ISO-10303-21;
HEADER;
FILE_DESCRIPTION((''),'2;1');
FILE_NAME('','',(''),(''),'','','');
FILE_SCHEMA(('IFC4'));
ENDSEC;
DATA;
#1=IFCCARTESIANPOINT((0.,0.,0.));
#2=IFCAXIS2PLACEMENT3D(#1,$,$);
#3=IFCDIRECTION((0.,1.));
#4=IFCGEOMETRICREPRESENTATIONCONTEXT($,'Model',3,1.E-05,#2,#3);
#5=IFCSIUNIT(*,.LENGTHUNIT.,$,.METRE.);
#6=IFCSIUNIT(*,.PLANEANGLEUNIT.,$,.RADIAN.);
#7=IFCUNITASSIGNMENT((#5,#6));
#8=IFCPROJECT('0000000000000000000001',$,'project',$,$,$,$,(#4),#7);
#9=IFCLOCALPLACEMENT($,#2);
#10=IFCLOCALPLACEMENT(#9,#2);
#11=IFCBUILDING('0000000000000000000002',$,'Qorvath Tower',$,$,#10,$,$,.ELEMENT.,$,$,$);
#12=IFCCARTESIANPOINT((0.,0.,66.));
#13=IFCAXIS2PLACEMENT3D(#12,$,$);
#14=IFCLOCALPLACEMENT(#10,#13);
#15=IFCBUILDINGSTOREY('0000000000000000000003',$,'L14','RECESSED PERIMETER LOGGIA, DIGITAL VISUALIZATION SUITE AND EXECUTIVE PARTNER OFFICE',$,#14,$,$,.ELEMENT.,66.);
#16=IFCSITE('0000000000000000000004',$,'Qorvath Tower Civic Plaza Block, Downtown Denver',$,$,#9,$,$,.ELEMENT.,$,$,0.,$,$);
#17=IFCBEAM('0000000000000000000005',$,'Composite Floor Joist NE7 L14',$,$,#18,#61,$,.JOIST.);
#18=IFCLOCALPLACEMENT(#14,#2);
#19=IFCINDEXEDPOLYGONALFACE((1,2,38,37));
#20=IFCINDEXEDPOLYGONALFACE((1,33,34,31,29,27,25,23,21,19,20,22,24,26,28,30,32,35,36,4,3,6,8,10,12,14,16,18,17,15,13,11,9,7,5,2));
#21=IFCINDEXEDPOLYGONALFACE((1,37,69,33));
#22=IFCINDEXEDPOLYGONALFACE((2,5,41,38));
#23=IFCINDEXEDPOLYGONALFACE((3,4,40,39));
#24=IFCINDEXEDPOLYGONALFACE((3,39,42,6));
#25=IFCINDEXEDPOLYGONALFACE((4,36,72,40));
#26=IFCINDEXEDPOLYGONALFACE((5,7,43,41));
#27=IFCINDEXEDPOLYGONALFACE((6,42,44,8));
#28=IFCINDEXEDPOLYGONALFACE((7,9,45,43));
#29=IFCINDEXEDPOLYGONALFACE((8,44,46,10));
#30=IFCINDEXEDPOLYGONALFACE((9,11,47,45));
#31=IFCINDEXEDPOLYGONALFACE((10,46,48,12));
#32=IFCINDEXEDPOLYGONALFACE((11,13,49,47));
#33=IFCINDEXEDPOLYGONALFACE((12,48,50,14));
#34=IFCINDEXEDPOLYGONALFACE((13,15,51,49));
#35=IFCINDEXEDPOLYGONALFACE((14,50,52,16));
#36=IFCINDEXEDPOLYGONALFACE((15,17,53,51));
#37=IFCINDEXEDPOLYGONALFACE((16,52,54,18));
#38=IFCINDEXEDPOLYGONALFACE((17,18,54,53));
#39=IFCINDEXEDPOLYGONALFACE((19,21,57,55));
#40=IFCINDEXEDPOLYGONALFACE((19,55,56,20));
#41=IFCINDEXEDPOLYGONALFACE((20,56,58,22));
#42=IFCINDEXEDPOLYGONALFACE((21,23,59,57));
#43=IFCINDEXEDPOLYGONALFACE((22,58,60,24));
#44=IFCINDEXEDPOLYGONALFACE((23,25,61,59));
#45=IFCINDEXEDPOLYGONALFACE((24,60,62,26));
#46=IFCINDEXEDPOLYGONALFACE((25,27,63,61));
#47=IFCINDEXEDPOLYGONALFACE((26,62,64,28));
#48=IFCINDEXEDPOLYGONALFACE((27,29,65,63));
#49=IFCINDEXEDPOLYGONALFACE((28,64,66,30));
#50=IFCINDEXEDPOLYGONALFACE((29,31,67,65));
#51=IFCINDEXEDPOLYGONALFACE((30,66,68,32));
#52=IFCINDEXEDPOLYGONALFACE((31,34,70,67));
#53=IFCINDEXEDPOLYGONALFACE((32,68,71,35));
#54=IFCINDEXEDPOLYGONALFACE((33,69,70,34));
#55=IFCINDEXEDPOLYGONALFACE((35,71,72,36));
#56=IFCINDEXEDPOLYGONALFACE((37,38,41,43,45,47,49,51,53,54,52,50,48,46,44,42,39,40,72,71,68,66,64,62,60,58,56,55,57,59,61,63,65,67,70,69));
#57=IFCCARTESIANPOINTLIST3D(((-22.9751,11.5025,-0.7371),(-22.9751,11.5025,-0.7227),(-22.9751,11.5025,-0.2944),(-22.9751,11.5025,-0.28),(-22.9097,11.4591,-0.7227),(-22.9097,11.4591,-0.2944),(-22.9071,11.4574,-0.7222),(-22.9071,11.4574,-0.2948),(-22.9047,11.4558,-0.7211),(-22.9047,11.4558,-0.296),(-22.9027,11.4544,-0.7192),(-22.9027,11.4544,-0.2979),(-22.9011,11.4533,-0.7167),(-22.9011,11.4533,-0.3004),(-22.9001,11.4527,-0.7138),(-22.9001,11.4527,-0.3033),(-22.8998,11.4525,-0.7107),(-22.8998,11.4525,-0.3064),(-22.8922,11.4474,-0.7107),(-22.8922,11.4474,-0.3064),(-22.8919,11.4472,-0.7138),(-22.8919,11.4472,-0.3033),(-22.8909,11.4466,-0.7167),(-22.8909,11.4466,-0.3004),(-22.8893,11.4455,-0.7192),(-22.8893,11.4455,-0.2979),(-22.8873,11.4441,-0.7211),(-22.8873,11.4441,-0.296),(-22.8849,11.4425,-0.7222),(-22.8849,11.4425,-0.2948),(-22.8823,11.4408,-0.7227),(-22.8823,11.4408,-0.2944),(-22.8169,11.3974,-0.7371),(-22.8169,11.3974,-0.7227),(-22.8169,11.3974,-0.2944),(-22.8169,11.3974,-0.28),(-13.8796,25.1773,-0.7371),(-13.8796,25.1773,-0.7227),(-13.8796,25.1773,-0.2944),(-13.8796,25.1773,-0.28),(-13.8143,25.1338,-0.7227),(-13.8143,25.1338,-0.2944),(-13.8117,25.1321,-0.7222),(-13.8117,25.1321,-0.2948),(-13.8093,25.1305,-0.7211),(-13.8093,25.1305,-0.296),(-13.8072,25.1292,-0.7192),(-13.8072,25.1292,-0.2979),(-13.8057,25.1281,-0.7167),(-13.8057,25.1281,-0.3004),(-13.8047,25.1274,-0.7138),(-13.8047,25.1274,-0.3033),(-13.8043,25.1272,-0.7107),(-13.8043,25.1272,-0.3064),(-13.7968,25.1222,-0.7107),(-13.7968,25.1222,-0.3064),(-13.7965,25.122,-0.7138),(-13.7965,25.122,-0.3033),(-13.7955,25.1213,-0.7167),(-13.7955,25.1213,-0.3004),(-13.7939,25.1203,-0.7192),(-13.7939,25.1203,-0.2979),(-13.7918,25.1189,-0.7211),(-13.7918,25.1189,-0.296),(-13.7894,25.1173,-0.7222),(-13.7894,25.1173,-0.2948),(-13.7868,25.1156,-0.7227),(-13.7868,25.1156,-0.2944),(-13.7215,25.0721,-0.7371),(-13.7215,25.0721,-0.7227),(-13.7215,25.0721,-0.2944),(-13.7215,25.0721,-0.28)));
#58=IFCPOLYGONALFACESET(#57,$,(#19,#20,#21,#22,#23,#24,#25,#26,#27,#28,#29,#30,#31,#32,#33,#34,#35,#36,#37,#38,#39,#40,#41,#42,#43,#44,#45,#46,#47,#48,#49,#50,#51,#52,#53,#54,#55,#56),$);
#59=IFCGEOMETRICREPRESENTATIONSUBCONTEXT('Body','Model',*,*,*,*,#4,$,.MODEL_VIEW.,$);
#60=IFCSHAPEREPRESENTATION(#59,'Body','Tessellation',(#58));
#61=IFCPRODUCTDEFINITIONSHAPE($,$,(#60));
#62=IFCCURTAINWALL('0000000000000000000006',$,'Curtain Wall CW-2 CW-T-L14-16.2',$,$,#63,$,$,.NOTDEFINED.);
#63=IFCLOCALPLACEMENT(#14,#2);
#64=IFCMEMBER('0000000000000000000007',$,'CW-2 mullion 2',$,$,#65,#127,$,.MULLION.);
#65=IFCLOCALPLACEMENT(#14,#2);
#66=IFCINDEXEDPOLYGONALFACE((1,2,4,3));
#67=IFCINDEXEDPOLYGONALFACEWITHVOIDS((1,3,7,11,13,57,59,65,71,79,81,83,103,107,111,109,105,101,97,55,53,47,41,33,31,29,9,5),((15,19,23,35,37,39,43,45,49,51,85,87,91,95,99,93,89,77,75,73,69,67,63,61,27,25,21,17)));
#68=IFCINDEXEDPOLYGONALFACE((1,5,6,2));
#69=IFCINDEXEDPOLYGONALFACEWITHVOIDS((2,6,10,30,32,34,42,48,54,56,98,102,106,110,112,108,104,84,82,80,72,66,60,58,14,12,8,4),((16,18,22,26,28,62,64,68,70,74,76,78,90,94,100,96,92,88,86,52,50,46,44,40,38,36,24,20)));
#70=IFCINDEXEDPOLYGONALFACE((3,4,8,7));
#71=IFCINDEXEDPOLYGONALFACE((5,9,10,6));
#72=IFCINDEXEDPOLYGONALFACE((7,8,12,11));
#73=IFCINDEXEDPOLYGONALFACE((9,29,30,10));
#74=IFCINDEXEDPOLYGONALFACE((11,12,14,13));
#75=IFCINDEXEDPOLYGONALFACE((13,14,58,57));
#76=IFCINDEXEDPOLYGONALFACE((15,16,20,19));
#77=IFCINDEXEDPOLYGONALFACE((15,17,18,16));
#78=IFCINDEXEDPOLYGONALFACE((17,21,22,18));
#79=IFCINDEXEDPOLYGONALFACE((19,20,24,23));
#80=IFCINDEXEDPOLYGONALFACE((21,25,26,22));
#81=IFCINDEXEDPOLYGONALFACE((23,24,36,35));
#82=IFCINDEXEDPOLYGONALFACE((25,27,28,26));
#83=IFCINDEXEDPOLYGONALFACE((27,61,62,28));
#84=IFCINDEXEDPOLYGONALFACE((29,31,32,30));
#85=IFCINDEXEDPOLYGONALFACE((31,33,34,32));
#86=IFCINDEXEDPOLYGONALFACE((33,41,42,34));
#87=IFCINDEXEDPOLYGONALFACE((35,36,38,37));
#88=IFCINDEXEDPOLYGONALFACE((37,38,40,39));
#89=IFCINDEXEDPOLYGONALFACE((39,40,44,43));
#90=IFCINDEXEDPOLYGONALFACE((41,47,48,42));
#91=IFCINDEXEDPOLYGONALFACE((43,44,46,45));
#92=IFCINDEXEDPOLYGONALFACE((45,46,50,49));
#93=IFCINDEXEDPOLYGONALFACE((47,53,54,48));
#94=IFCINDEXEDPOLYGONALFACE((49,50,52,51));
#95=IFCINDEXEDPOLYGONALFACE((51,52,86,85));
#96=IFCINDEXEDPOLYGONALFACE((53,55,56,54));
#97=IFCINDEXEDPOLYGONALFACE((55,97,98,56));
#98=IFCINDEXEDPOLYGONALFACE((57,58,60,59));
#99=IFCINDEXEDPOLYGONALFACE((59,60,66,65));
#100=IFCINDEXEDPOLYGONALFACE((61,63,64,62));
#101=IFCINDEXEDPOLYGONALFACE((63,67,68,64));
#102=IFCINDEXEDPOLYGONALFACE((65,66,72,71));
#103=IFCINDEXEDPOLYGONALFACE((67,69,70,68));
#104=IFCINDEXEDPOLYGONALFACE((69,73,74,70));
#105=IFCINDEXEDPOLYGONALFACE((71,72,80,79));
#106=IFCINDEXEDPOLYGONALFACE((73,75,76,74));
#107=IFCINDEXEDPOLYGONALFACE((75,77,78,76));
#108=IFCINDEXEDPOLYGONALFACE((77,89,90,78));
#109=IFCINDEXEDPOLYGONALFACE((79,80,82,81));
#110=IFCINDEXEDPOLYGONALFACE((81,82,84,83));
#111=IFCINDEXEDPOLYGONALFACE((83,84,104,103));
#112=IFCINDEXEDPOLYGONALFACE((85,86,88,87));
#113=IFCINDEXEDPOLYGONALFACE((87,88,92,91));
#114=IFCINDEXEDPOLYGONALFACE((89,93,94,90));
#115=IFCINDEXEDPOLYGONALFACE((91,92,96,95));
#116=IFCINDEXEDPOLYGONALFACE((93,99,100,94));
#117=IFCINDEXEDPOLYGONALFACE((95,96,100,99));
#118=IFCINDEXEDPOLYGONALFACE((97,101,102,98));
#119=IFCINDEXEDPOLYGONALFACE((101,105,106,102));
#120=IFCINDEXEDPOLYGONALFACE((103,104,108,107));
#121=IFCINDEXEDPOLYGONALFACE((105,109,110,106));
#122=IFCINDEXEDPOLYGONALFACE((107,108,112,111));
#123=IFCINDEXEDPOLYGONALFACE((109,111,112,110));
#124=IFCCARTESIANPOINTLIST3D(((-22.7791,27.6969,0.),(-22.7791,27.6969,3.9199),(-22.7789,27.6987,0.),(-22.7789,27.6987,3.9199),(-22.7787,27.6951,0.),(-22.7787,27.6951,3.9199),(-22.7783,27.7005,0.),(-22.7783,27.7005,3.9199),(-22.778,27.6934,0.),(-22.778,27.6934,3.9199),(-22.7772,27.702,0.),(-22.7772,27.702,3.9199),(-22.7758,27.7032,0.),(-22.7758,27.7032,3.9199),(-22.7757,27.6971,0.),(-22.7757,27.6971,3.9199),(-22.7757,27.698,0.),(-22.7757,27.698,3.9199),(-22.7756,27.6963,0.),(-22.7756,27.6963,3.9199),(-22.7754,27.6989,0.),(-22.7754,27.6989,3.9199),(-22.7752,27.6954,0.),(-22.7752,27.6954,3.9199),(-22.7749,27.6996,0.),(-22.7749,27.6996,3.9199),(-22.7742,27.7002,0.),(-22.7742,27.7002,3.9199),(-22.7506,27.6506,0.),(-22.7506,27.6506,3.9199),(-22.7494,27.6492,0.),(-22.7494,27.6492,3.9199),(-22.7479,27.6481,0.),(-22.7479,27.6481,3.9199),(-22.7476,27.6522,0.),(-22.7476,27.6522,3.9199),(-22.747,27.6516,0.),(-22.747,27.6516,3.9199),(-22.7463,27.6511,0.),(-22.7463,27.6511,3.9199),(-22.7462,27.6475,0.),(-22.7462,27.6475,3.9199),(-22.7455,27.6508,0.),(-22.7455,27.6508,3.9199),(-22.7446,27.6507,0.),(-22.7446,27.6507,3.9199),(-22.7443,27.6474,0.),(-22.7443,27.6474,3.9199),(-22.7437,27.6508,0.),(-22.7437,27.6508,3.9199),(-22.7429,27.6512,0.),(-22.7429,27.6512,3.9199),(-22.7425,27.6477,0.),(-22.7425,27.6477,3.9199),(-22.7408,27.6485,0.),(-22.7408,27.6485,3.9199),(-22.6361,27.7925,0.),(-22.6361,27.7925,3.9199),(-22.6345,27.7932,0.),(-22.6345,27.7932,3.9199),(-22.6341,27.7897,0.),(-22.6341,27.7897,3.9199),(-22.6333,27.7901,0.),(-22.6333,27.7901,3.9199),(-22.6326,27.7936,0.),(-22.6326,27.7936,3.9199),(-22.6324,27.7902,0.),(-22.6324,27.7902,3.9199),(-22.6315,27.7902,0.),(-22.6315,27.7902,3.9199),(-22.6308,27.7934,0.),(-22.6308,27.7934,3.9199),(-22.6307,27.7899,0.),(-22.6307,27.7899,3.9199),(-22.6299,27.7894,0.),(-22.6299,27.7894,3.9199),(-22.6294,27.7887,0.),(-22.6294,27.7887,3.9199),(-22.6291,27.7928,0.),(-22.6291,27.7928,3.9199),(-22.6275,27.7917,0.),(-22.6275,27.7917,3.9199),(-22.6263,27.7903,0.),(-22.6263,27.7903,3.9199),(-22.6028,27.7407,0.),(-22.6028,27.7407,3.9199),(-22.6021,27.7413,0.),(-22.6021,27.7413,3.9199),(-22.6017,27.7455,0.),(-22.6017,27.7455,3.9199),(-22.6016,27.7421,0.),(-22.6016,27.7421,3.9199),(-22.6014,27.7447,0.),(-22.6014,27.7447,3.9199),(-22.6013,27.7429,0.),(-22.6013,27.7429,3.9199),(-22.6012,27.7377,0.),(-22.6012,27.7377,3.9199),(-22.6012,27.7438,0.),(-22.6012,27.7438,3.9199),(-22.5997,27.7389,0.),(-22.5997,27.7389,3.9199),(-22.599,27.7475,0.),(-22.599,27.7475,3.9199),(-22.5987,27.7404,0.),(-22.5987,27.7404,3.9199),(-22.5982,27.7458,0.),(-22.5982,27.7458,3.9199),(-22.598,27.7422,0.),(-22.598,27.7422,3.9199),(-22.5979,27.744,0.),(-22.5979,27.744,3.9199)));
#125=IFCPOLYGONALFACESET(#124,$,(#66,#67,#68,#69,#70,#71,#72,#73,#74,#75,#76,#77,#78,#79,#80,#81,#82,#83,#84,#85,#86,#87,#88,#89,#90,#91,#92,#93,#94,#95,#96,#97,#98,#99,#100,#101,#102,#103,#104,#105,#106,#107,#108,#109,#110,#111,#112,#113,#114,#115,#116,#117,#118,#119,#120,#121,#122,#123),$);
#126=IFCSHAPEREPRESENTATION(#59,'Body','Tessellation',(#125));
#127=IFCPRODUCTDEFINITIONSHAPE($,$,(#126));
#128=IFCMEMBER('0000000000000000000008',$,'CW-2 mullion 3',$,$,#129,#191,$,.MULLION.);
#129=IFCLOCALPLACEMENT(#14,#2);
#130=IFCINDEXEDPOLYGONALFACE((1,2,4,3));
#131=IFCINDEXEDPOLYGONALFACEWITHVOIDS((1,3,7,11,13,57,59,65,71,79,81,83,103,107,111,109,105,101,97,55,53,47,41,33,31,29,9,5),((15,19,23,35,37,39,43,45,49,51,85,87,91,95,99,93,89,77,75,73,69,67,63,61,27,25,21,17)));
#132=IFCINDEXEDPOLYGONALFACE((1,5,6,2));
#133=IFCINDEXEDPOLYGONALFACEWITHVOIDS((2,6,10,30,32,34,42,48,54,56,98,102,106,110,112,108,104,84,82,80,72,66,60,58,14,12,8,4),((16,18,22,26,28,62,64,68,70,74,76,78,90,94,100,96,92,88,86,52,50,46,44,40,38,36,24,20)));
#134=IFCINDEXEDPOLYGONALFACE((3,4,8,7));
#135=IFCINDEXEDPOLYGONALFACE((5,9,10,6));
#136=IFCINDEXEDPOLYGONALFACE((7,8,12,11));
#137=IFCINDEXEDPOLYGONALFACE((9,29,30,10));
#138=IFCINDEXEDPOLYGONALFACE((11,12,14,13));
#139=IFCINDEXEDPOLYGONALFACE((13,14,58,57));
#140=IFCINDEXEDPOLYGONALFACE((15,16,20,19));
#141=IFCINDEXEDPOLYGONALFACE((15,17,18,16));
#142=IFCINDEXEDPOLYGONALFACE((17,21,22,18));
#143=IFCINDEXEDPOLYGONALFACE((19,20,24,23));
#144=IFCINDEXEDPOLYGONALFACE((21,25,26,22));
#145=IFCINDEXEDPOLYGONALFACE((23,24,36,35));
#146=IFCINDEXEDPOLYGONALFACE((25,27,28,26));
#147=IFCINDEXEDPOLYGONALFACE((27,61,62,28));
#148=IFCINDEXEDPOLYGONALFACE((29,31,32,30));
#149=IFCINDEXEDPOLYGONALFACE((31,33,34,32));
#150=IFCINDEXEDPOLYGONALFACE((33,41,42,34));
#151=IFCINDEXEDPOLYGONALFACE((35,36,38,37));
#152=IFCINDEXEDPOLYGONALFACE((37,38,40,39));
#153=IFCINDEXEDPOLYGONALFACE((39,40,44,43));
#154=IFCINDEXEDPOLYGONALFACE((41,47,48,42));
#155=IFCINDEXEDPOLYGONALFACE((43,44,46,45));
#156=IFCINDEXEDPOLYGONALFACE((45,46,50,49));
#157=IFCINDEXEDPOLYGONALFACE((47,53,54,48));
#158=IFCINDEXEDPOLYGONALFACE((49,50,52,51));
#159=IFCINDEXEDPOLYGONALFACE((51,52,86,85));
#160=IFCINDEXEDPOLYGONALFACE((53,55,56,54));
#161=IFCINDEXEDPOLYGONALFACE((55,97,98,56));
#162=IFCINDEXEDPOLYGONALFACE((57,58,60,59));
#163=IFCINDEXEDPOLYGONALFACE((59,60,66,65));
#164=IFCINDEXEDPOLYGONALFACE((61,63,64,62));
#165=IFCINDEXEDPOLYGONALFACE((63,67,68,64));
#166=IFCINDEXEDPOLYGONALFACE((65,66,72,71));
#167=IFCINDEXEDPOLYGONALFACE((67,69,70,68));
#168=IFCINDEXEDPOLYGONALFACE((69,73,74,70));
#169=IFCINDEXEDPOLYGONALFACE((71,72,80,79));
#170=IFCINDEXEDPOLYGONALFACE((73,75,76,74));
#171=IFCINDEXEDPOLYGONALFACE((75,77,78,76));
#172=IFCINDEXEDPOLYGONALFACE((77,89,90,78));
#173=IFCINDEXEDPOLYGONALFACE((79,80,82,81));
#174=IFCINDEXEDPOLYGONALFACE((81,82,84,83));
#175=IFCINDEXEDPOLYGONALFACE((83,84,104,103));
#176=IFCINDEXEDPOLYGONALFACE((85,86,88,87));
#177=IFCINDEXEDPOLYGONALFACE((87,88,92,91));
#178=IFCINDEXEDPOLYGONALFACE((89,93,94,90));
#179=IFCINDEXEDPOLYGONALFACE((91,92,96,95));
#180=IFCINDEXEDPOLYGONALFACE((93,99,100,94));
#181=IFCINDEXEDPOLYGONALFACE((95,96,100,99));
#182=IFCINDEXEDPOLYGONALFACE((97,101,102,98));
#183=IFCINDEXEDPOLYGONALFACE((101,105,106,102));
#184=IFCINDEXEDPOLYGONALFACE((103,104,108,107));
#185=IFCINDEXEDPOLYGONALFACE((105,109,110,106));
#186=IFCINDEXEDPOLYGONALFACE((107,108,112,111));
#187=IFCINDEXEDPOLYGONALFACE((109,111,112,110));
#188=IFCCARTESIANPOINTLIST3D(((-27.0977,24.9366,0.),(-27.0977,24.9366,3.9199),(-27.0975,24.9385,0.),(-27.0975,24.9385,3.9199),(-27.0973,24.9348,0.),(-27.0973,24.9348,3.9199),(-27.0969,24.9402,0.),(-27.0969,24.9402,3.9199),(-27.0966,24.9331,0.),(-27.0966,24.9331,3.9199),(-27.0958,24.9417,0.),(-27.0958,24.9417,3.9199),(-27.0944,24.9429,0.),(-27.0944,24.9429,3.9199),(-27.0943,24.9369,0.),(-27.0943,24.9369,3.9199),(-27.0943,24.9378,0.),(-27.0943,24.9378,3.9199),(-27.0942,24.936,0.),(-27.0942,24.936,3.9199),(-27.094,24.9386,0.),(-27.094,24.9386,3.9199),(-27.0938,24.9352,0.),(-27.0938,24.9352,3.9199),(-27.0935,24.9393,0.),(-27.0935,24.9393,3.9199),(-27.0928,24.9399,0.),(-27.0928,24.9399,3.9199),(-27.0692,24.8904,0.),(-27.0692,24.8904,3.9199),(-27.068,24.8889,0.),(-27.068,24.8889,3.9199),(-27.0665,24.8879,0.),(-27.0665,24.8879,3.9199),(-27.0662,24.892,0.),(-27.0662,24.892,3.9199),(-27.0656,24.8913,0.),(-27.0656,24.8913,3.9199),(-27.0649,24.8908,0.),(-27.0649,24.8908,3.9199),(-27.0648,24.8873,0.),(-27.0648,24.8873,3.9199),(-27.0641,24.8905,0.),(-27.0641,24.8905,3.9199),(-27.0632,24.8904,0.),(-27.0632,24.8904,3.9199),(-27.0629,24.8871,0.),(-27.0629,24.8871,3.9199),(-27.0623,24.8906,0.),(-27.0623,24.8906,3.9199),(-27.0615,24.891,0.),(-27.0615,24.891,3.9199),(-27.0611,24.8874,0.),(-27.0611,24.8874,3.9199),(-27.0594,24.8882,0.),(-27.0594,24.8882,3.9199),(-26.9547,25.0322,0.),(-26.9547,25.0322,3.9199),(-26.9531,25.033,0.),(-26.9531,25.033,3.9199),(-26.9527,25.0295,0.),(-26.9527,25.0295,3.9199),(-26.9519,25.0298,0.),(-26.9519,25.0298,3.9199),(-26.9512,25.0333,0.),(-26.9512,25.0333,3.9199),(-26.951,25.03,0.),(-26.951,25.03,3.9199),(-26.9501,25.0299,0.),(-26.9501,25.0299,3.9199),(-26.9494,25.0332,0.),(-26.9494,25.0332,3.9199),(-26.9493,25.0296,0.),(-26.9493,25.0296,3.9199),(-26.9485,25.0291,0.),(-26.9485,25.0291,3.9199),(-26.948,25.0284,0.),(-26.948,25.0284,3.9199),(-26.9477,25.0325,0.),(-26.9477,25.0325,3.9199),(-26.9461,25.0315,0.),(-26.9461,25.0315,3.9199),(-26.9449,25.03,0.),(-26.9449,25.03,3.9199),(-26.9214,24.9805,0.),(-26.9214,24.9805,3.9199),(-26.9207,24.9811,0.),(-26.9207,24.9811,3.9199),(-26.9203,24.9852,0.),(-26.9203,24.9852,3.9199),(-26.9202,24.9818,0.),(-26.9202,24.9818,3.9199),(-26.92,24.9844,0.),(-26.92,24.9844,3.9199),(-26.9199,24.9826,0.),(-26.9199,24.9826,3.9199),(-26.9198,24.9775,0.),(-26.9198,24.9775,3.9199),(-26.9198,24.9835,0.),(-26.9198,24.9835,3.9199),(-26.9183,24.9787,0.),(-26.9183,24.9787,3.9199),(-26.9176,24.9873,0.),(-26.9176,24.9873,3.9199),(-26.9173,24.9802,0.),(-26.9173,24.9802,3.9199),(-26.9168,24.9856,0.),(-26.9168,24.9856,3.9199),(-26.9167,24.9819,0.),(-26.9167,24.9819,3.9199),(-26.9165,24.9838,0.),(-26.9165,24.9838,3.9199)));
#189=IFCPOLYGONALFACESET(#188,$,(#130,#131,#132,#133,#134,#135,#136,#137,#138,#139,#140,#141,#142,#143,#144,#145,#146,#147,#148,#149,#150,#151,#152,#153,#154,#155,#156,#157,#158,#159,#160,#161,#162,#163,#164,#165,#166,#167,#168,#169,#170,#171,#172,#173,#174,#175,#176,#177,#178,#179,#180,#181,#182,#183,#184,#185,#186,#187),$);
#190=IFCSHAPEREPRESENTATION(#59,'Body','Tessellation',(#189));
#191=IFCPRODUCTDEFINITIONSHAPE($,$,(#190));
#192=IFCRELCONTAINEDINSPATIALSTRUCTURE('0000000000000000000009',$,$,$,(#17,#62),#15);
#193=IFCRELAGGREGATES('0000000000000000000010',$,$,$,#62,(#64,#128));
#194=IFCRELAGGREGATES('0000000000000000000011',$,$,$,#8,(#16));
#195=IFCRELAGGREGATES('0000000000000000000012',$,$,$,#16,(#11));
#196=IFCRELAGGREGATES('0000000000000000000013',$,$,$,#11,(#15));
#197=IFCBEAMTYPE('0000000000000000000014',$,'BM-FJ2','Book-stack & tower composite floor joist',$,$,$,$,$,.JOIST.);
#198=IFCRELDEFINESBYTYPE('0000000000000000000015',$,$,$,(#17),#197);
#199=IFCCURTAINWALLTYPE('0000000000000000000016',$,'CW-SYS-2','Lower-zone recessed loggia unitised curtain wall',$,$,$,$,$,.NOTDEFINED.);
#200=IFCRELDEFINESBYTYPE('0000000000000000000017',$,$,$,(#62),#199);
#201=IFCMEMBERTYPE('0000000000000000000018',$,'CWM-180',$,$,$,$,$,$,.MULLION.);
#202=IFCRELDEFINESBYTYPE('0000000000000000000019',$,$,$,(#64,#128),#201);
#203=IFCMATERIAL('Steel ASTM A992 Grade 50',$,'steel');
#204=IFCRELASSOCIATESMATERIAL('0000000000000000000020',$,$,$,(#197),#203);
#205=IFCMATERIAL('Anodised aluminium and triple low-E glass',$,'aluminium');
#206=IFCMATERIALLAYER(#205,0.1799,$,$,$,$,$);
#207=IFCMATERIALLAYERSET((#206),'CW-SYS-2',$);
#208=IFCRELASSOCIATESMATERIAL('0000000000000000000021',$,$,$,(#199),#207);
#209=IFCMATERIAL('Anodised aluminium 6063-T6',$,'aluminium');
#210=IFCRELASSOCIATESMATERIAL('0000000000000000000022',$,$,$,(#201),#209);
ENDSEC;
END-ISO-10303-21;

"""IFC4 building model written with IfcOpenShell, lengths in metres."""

from ifc_helpers import new_model, si_unit, direction, frame, origin, origin_2d, place, context, subcontext, project, spatial, hollow_rectangle, i_section, extrude, material, layer, layer_set, material_profile, profile_set, type_object, element, aggregate, save


model = new_model("IFC4")

# Units and contexts
model_context = context("Model", 3, precision=1e-05, world=origin(), true_north=direction((0.0, 1.0)))
body_context = subcontext(model_context, "Body", "Model", "MODEL_VIEW")
ifc_project = project(units=[si_unit("LENGTHUNIT", "METRE"), si_unit("PLANEANGLEUNIT", "RADIAN")], contexts=[model_context])

# Site, building, storey
site_placement = place(None, origin())
site = spatial("IfcSite", under=ifc_project, at=site_placement, Name="Qorvath Tower Civic Plaza Block, Downtown Denver", CompositionType="ELEMENT", RefElevation=0.0)
building_placement = place(site_placement, origin())
building = spatial("IfcBuilding", under=site, at=building_placement, Name="Qorvath Tower", CompositionType="ELEMENT")
storey_placement = place(building_placement, frame((0.0, 0.0, 66.0)))
storey = spatial("IfcBuildingStorey", under=building, at=storey_placement, Name="L14", Description="RECESSED PERIMETER LOGGIA, DIGITAL VISUALIZATION SUITE AND EXECUTIVE PARTNER OFFICE", CompositionType="ELEMENT", Elevation=66.0)

# Beam
ifc_material_1 = material(Name="Steel ASTM A992 Grade 50", Category="steel")
ifc_material_profile_1 = material_profile(ifc_material_1, i_section(OverallWidth=0.1899, OverallDepth=0.457, WebThickness=0.009, FlangeThickness=0.0144, FilletRadius=0.012, at=origin_2d()), Name="W18x50")
ifc_profile_set_1 = profile_set([ifc_material_profile_1], Name="Steel ASTM A992 Grade 50")
beam_type_1 = type_object("IfcBeamType", Name="BM-FJ2", Description="Book-stack & tower composite floor joist", PredefinedType="JOIST", material=ifc_profile_set_1)
beam_1_placement = place(storey_placement, frame((-22.896, 11.45, -0.5085), z_axis=(0.553811, 0.832642, 0.0), x_axis=(-0.832642, 0.553811, 0.0)))
element("IfcBeam", 1, at=beam_1_placement, inside=storey, type_object=beam_type_1, Name="Composite Floor Joist NE7 L14", PredefinedType="JOIST", context=body_context, shape_type="SweptSolid", body=[
    extrude(i_section(OverallWidth=0.1899, OverallDepth=0.457, WebThickness=0.009, FlangeThickness=0.0144, FilletRadius=0.012, at=origin_2d()), origin(), (0.0, 0.0, 1.0), 16.4233),
])

# Curtain wall, members
ifc_material_2 = material(Name="Anodised aluminium and triple low-E glass", Category="aluminium")
ifc_layer_1 = layer(ifc_material_2, 0.1799)
ifc_layer_set_1 = layer_set([ifc_layer_1], Name="CW-SYS-2")
curtain_wall_type = type_object("IfcCurtainWallType", Name="CW-SYS-2", Description="Lower-zone recessed loggia unitised curtain wall", PredefinedType="NOTDEFINED", material=ifc_layer_set_1)
curtain_wall_placement = place(storey_placement, origin())
curtain_wall = element("IfcCurtainWall", 2, at=curtain_wall_placement, inside=storey, type_object=curtain_wall_type, Name="Curtain Wall CW-2 CW-T-L14-16.2", PredefinedType="NOTDEFINED")
ifc_material_3 = material(Name="Anodised aluminium 6063-T6", Category="aluminium")
ifc_material_profile_2 = material_profile(ifc_material_3, hollow_rectangle(XDim=0.0649, YDim=0.1799, WallThickness=0.0034, InnerFilletRadius=0.0034, OuterFilletRadius=0.0071, at=origin_2d()), Name="CWM 180x65")
ifc_profile_set_2 = profile_set([ifc_material_profile_2], Name="Anodised aluminium 6063-T6")
member_type_1 = type_object("IfcMemberType", Name="CWM-180", PredefinedType="MULLION", material=ifc_profile_set_2)
member_1_placement = place(storey_placement, frame((-22.6885, 27.7205, 0.0), z_axis=(0.0, 0.0, 1.0), x_axis=(0.538542, -0.842599, 0.0)))
member_1 = element("IfcMember", 3, at=member_1_placement, type_object=member_type_1, Name="CW-2 mullion 2", PredefinedType="MULLION", context=body_context, shape_type="SweptSolid", body=[
    extrude(hollow_rectangle(XDim=0.0649, YDim=0.1799, WallThickness=0.0034, InnerFilletRadius=0.0034, OuterFilletRadius=0.0071, at=origin_2d()), origin(), (0.0, 0.0, 1.0), 3.9199),
])
member_2_placement = place(storey_placement, frame((-27.0071, 24.9602, 0.0), z_axis=(0.0, 0.0, 1.0), x_axis=(0.538542, -0.842599, 0.0)))
member_2 = element("IfcMember", 4, at=member_2_placement, type_object=member_type_1, Name="CW-2 mullion 3", PredefinedType="MULLION", context=body_context, shape_type="SweptSolid", body=[
    extrude(hollow_rectangle(XDim=0.0649, YDim=0.1799, WallThickness=0.0034, InnerFilletRadius=0.0034, OuterFilletRadius=0.0071, at=origin_2d()), origin(), (0.0, 0.0, 1.0), 3.9199),
])
aggregate(curtain_wall, [member_1, member_2])

save(model, "model.ifc")
